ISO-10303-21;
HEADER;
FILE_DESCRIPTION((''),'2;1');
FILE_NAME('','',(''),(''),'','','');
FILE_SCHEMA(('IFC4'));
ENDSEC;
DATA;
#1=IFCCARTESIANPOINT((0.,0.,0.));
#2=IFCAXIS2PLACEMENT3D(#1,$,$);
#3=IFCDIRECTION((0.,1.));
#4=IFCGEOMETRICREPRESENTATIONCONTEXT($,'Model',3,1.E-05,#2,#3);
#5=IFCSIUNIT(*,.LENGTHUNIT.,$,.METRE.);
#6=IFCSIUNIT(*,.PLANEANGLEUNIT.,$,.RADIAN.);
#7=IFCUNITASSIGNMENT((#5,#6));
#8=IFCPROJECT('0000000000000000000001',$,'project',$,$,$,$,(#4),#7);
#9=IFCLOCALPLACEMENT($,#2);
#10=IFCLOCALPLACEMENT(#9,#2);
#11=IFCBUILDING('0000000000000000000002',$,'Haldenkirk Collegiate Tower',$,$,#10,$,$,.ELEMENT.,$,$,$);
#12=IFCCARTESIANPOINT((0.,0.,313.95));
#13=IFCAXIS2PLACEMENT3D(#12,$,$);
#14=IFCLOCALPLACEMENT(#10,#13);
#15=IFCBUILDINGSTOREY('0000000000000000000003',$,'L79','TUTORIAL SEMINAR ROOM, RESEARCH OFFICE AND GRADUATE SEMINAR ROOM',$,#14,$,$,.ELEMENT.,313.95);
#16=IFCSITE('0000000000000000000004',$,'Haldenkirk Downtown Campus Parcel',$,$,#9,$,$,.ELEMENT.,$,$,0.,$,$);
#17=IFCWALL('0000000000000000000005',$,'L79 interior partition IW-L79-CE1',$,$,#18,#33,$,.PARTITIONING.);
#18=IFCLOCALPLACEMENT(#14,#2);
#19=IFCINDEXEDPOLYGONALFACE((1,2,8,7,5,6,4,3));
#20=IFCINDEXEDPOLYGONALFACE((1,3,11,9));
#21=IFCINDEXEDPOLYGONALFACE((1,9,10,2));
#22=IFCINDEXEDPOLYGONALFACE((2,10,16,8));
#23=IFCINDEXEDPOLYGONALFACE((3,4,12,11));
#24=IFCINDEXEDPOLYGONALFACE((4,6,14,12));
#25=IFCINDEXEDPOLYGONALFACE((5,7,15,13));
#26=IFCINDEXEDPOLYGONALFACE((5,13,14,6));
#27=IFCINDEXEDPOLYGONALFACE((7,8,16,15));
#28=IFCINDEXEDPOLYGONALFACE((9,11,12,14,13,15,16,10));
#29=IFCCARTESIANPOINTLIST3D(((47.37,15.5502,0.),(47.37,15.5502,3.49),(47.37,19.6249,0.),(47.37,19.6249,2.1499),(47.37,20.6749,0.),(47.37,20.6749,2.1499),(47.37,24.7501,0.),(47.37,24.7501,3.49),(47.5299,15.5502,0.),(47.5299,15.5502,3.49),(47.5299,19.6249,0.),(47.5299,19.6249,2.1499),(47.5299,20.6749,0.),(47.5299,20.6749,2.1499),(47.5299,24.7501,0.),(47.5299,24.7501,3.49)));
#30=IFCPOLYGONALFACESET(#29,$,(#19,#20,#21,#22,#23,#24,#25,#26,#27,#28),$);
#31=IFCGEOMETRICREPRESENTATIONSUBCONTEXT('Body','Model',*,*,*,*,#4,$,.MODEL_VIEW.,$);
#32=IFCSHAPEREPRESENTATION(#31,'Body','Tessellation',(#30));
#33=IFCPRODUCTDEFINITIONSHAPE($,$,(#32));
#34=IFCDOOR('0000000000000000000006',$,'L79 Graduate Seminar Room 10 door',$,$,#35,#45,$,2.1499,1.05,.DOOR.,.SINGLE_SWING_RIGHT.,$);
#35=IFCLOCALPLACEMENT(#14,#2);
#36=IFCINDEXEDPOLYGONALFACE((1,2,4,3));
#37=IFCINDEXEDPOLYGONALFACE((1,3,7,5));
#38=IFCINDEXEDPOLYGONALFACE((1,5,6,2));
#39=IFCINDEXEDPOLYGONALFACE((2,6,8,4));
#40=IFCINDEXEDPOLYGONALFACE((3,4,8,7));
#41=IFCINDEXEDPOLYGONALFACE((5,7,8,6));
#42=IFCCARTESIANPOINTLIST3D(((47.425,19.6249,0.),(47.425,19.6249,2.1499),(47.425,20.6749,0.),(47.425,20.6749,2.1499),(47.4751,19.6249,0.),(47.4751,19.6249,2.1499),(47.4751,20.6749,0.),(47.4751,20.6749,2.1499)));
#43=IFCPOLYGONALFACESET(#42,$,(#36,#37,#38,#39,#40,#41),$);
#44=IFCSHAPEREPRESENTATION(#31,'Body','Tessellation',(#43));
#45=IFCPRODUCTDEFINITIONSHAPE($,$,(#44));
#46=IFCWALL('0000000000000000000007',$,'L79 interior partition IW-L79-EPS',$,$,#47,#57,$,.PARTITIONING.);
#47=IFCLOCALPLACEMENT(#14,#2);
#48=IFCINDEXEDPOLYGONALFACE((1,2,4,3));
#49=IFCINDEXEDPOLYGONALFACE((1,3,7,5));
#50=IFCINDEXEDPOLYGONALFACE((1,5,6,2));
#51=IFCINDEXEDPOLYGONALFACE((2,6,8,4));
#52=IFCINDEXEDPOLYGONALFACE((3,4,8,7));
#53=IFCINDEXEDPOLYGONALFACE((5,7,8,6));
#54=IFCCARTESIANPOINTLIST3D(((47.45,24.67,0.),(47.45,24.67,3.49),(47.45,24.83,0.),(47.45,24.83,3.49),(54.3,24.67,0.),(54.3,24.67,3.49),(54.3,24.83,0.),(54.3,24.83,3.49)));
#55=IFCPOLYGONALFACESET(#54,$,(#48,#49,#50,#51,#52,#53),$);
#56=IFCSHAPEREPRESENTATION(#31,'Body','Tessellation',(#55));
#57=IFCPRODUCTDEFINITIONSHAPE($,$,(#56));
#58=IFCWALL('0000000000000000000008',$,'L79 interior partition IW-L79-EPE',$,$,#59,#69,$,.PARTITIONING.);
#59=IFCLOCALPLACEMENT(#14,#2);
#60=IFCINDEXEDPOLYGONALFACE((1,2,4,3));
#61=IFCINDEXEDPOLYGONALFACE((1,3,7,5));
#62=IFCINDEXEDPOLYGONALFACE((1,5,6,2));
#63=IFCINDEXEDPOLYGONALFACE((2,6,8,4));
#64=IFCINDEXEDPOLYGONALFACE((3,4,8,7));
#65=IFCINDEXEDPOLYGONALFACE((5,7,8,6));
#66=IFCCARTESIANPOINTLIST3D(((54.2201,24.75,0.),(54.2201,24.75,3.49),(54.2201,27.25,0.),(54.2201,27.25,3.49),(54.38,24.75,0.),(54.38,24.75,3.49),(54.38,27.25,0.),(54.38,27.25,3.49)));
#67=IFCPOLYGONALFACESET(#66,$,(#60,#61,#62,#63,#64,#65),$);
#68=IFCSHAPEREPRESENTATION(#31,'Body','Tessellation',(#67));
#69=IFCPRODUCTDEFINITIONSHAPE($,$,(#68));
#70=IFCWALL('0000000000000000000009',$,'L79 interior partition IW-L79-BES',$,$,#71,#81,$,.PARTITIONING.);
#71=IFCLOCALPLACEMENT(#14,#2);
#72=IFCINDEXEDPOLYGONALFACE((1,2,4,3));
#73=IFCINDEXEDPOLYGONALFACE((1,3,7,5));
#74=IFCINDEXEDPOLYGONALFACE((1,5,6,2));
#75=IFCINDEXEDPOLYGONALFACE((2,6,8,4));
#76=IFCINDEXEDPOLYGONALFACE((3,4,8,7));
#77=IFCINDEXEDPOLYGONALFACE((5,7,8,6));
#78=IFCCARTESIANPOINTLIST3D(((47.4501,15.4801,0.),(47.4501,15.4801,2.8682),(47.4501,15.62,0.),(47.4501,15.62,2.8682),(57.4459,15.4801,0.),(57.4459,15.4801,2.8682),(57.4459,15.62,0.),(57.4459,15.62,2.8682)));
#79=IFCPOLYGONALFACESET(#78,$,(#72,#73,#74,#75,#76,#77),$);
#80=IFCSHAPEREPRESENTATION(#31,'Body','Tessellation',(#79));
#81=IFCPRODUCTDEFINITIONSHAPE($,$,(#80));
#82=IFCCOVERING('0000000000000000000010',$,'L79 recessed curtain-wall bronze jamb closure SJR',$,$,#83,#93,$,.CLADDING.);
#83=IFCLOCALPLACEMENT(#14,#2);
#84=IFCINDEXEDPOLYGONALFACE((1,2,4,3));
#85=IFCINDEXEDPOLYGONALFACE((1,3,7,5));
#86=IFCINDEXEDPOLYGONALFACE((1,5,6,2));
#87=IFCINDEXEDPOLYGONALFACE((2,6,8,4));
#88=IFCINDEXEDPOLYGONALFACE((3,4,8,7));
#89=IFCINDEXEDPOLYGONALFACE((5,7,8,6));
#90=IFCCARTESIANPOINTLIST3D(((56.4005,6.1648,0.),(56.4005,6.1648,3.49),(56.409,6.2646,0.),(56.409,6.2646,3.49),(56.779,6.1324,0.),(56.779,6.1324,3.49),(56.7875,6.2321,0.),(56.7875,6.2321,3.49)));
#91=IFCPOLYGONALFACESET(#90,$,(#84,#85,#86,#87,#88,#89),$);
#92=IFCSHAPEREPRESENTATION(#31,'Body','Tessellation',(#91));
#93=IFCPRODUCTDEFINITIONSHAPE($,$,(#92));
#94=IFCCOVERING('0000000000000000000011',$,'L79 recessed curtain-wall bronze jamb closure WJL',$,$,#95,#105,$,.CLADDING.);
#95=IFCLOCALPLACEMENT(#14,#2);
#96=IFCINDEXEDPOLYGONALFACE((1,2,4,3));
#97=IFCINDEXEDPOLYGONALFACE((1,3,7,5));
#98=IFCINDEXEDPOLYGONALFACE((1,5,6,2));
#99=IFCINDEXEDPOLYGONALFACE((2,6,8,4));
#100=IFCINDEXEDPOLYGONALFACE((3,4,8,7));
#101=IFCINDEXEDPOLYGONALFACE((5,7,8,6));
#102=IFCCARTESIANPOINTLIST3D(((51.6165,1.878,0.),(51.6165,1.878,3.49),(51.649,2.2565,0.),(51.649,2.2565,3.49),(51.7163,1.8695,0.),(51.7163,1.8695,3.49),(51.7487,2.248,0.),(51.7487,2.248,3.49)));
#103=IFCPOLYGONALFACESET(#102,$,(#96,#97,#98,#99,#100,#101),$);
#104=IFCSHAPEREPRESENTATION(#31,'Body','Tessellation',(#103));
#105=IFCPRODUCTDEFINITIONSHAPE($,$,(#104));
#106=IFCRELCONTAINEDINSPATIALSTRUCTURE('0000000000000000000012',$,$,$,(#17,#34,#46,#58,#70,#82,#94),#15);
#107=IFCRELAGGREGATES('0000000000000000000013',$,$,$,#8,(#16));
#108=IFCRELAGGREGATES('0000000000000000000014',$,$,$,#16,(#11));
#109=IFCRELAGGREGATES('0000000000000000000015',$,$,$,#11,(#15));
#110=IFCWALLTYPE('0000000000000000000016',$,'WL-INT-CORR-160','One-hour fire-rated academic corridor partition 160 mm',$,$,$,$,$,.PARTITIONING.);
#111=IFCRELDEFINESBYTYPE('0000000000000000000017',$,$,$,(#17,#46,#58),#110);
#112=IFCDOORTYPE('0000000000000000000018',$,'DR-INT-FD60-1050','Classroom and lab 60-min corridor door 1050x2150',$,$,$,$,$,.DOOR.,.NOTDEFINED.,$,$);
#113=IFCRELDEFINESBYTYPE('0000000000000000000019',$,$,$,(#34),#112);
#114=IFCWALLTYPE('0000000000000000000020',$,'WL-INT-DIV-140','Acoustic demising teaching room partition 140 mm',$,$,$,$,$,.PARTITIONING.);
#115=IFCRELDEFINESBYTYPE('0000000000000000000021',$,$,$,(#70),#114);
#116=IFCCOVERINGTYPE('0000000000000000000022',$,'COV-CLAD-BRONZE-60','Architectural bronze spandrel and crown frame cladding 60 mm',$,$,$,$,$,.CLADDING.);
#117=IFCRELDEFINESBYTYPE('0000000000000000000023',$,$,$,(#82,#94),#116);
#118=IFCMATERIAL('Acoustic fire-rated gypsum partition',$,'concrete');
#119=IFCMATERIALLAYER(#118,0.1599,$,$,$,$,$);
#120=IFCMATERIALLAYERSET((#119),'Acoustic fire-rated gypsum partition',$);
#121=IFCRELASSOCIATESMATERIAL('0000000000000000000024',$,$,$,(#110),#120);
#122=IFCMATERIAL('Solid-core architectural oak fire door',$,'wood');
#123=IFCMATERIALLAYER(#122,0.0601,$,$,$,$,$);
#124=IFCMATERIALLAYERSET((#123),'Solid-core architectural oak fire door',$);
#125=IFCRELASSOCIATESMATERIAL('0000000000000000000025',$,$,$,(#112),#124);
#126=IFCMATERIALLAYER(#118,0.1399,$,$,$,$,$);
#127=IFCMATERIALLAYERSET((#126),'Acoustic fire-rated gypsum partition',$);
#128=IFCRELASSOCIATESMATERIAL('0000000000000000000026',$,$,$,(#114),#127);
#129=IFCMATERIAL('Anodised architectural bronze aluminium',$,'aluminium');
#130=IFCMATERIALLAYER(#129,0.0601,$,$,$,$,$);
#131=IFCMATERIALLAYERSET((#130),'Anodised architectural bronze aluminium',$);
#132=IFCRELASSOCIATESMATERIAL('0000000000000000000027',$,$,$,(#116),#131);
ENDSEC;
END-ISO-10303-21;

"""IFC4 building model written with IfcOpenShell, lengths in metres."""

from ifc_helpers import new_model, si_unit, direction, frame, frame_2d, origin, origin_2d, place, context, subcontext, project, spatial, rectangle, extrude, source, transform, mapped, material, layer, layer_set, type_object, element, fill, save


model = new_model("IFC4")

# Units and contexts
model_context = context("Model", 3, precision=1e-05, world=origin(), true_north=direction((0.0, 1.0)))
body_context = subcontext(model_context, "Body", "Model", "MODEL_VIEW")
ifc_project = project(units=[si_unit("LENGTHUNIT", "METRE"), si_unit("PLANEANGLEUNIT", "RADIAN")], contexts=[model_context])

# Site, building, storey
site_placement = place(None, origin())
site = spatial("IfcSite", under=ifc_project, at=site_placement, Name="Haldenkirk Downtown Campus Parcel", CompositionType="ELEMENT", RefElevation=0.0)
building_placement = place(site_placement, origin())
building = spatial("IfcBuilding", under=site, at=building_placement, Name="Haldenkirk Collegiate Tower", CompositionType="ELEMENT")
storey_placement = place(building_placement, frame((0.0, 0.0, 313.95)))
storey = spatial("IfcBuildingStorey", under=building, at=storey_placement, Name="L79", Description="TUTORIAL SEMINAR ROOM, RESEARCH OFFICE AND GRADUATE SEMINAR ROOM", CompositionType="ELEMENT", Elevation=313.95)

# Shared definitions
ifc_material_1 = material(Name="Anodised architectural bronze aluminium", Category="aluminium")

# Wall, opening, door
ifc_material_2 = material(Name="Acoustic fire-rated gypsum partition", Category="concrete")
ifc_layer_1 = layer(ifc_material_2, 0.1599)
ifc_layer_set_1 = layer_set([ifc_layer_1], Name="Acoustic fire-rated gypsum partition")
wall_type_1 = type_object("IfcWallType", Name="WL-INT-CORR-160", Description="One-hour fire-rated academic corridor partition 160 mm", PredefinedType="PARTITIONING", material=ifc_layer_set_1)
wall_1_placement = place(storey_placement, frame((47.45, 15.55, 0.0), z_axis=(0.0, 0.0, 1.0), x_axis=(0.0, 1.0, 0.0)))
wall_1 = element("IfcWall", 1, at=wall_1_placement, inside=storey, type_object=wall_type_1, Name="L79 interior partition IW-L79-CE1", PredefinedType="PARTITIONING", context=body_context, shape_type="SweptSolid", body=[
    extrude(rectangle(XDim=9.2, YDim=0.1599, at=frame_2d((4.6001, 0.0))), origin(), (0.0, 0.0, 1.0), 3.49),
])
opening_placement = place(wall_1_placement, frame((4.075, 0.0, 0.0)))
opening = element("IfcOpeningElement", 2, at=opening_placement, cuts=wall_1, PredefinedType="OPENING", context=body_context, shape_type="SweptSolid", body=[
    extrude(rectangle(XDim=1.05, YDim=2.1499, at=frame_2d((0.5249, 1.075))), frame((0.0, 0.0898, 0.0), z_axis=(0.0, -1.0, 0.0), x_axis=(1.0, 0.0, 0.0)), (0.0, 0.0, 1.0), 0.1799),
])
ifc_material_3 = material(Name="Solid-core architectural oak fire door", Category="wood")
ifc_layer_2 = layer(ifc_material_3, 0.0601)
ifc_layer_set_2 = layer_set([ifc_layer_2], Name="Solid-core architectural oak fire door")
door_type = type_object("IfcDoorType", Name="DR-INT-FD60-1050", Description="Classroom and lab 60-min corridor door 1050x2150", OperationType="NOTDEFINED", PredefinedType="DOOR", material=ifc_layer_set_2)
door_placement = place(opening_placement, origin())
door = element("IfcDoor", 3, at=door_placement, inside=storey, type_object=door_type, Name="L79 Graduate Seminar Room 10 door", OperationType="SINGLE_SWING_RIGHT", OverallHeight=2.1499, OverallWidth=1.05, PredefinedType="DOOR", context=body_context, shape_type="SweptSolid", body=[
    extrude(rectangle(XDim=1.05, YDim=2.1499, at=frame_2d((0.5249, 1.075))), frame((0.0, 0.0249, 0.0), z_axis=(0.0, -1.0, 0.0), x_axis=(1.0, 0.0, 0.0)), (0.0, 0.0, 1.0), 0.05),
])
fill(opening, door)

# Walls
wall_2_placement = place(storey_placement, frame((47.45, 24.75, 0.0), z_axis=(0.0, 0.0, 1.0), x_axis=(1.0, 0.0, 0.0)))
element("IfcWall", 4, at=wall_2_placement, inside=storey, type_object=wall_type_1, Name="L79 interior partition IW-L79-EPS", PredefinedType="PARTITIONING", context=body_context, shape_type="SweptSolid", body=[
    extrude(rectangle(XDim=6.8501, YDim=0.1599, at=frame_2d((3.425, 0.0))), origin(), (0.0, 0.0, 1.0), 3.49),
])
wall_3_placement = place(storey_placement, frame((54.3, 24.75, 0.0), z_axis=(0.0, 0.0, 1.0), x_axis=(0.0, 1.0, 0.0)))
element("IfcWall", 5, at=wall_3_placement, inside=storey, type_object=wall_type_1, Name="L79 interior partition IW-L79-EPE", PredefinedType="PARTITIONING", context=body_context, shape_type="SweptSolid", body=[
    extrude(rectangle(XDim=2.5, YDim=0.1599, at=frame_2d((1.25, 0.0))), origin(), (0.0, 0.0, 1.0), 3.49),
])
ifc_layer_3 = layer(ifc_material_2, 0.1399)
ifc_layer_set_3 = layer_set([ifc_layer_3], Name="Acoustic fire-rated gypsum partition")
wall_type_2 = type_object("IfcWallType", Name="WL-INT-DIV-140", Description="Acoustic demising teaching room partition 140 mm", PredefinedType="PARTITIONING", material=ifc_layer_set_3)
wall_4_placement = place(storey_placement, frame((47.45, 15.55, 0.0), z_axis=(0.0, 0.0, 1.0), x_axis=(1.0, 0.0, 0.0)))
element("IfcWall", 6, at=wall_4_placement, inside=storey, type_object=wall_type_2, Name="L79 interior partition IW-L79-BES", PredefinedType="PARTITIONING", context=body_context, shape_type="SweptSolid", body=[
    extrude(rectangle(XDim=9.9958, YDim=0.1399, at=frame_2d((4.998, 0.0))), origin(), (0.0, 0.0, 1.0), 2.8682),
])

# Coverings
ifc_layer_4 = layer(ifc_material_1, 0.0601)
ifc_layer_set_4 = layer_set([ifc_layer_4], Name="Anodised architectural bronze aluminium")
covering_type = type_object("IfcCoveringType", Name="COV-CLAD-BRONZE-60", Description="Architectural bronze spandrel and crown frame cladding 60 mm", PredefinedType="CLADDING", material=ifc_layer_set_4)
shared_shape_1 = source(origin(), body_context, "Body", "SweptSolid", [
    extrude(rectangle(XDim=0.1001, YDim=0.3799, at=origin_2d()), origin(), (0.0, 0.0, 1.0), 3.49),
])
for number, where, z_axis, x_axis, name in (
    (7, (56.594, 6.1985, 0.0), (0.0, 0.0, 1.0), (-0.085417, -0.996345, 0.0), "L79 recessed curtain-wall bronze jamb closure SJR"),
    (8, (51.6826, 2.063, 0.0), (0.0, 0.0, 1.0), (-0.996345, 0.085417, 0.0), "L79 recessed curtain-wall bronze jamb closure WJL"),
):
    element("IfcCovering", number, at=place(storey_placement, frame(where, z_axis=z_axis, x_axis=x_axis)), inside=storey, type_object=covering_type, Name=name, PredefinedType="CLADDING", context=body_context, shape_type="MappedRepresentation", body=[
        mapped(shared_shape_1, transform((0.0, 0.0, 0.0), x_axis=(1.0, 0.0, 0.0), y_axis=(0.0, 1.0, 0.0), z_axis=(0.0, 0.0, 1.0), scale=1.0)),
    ])

save(model, "model.ifc")
